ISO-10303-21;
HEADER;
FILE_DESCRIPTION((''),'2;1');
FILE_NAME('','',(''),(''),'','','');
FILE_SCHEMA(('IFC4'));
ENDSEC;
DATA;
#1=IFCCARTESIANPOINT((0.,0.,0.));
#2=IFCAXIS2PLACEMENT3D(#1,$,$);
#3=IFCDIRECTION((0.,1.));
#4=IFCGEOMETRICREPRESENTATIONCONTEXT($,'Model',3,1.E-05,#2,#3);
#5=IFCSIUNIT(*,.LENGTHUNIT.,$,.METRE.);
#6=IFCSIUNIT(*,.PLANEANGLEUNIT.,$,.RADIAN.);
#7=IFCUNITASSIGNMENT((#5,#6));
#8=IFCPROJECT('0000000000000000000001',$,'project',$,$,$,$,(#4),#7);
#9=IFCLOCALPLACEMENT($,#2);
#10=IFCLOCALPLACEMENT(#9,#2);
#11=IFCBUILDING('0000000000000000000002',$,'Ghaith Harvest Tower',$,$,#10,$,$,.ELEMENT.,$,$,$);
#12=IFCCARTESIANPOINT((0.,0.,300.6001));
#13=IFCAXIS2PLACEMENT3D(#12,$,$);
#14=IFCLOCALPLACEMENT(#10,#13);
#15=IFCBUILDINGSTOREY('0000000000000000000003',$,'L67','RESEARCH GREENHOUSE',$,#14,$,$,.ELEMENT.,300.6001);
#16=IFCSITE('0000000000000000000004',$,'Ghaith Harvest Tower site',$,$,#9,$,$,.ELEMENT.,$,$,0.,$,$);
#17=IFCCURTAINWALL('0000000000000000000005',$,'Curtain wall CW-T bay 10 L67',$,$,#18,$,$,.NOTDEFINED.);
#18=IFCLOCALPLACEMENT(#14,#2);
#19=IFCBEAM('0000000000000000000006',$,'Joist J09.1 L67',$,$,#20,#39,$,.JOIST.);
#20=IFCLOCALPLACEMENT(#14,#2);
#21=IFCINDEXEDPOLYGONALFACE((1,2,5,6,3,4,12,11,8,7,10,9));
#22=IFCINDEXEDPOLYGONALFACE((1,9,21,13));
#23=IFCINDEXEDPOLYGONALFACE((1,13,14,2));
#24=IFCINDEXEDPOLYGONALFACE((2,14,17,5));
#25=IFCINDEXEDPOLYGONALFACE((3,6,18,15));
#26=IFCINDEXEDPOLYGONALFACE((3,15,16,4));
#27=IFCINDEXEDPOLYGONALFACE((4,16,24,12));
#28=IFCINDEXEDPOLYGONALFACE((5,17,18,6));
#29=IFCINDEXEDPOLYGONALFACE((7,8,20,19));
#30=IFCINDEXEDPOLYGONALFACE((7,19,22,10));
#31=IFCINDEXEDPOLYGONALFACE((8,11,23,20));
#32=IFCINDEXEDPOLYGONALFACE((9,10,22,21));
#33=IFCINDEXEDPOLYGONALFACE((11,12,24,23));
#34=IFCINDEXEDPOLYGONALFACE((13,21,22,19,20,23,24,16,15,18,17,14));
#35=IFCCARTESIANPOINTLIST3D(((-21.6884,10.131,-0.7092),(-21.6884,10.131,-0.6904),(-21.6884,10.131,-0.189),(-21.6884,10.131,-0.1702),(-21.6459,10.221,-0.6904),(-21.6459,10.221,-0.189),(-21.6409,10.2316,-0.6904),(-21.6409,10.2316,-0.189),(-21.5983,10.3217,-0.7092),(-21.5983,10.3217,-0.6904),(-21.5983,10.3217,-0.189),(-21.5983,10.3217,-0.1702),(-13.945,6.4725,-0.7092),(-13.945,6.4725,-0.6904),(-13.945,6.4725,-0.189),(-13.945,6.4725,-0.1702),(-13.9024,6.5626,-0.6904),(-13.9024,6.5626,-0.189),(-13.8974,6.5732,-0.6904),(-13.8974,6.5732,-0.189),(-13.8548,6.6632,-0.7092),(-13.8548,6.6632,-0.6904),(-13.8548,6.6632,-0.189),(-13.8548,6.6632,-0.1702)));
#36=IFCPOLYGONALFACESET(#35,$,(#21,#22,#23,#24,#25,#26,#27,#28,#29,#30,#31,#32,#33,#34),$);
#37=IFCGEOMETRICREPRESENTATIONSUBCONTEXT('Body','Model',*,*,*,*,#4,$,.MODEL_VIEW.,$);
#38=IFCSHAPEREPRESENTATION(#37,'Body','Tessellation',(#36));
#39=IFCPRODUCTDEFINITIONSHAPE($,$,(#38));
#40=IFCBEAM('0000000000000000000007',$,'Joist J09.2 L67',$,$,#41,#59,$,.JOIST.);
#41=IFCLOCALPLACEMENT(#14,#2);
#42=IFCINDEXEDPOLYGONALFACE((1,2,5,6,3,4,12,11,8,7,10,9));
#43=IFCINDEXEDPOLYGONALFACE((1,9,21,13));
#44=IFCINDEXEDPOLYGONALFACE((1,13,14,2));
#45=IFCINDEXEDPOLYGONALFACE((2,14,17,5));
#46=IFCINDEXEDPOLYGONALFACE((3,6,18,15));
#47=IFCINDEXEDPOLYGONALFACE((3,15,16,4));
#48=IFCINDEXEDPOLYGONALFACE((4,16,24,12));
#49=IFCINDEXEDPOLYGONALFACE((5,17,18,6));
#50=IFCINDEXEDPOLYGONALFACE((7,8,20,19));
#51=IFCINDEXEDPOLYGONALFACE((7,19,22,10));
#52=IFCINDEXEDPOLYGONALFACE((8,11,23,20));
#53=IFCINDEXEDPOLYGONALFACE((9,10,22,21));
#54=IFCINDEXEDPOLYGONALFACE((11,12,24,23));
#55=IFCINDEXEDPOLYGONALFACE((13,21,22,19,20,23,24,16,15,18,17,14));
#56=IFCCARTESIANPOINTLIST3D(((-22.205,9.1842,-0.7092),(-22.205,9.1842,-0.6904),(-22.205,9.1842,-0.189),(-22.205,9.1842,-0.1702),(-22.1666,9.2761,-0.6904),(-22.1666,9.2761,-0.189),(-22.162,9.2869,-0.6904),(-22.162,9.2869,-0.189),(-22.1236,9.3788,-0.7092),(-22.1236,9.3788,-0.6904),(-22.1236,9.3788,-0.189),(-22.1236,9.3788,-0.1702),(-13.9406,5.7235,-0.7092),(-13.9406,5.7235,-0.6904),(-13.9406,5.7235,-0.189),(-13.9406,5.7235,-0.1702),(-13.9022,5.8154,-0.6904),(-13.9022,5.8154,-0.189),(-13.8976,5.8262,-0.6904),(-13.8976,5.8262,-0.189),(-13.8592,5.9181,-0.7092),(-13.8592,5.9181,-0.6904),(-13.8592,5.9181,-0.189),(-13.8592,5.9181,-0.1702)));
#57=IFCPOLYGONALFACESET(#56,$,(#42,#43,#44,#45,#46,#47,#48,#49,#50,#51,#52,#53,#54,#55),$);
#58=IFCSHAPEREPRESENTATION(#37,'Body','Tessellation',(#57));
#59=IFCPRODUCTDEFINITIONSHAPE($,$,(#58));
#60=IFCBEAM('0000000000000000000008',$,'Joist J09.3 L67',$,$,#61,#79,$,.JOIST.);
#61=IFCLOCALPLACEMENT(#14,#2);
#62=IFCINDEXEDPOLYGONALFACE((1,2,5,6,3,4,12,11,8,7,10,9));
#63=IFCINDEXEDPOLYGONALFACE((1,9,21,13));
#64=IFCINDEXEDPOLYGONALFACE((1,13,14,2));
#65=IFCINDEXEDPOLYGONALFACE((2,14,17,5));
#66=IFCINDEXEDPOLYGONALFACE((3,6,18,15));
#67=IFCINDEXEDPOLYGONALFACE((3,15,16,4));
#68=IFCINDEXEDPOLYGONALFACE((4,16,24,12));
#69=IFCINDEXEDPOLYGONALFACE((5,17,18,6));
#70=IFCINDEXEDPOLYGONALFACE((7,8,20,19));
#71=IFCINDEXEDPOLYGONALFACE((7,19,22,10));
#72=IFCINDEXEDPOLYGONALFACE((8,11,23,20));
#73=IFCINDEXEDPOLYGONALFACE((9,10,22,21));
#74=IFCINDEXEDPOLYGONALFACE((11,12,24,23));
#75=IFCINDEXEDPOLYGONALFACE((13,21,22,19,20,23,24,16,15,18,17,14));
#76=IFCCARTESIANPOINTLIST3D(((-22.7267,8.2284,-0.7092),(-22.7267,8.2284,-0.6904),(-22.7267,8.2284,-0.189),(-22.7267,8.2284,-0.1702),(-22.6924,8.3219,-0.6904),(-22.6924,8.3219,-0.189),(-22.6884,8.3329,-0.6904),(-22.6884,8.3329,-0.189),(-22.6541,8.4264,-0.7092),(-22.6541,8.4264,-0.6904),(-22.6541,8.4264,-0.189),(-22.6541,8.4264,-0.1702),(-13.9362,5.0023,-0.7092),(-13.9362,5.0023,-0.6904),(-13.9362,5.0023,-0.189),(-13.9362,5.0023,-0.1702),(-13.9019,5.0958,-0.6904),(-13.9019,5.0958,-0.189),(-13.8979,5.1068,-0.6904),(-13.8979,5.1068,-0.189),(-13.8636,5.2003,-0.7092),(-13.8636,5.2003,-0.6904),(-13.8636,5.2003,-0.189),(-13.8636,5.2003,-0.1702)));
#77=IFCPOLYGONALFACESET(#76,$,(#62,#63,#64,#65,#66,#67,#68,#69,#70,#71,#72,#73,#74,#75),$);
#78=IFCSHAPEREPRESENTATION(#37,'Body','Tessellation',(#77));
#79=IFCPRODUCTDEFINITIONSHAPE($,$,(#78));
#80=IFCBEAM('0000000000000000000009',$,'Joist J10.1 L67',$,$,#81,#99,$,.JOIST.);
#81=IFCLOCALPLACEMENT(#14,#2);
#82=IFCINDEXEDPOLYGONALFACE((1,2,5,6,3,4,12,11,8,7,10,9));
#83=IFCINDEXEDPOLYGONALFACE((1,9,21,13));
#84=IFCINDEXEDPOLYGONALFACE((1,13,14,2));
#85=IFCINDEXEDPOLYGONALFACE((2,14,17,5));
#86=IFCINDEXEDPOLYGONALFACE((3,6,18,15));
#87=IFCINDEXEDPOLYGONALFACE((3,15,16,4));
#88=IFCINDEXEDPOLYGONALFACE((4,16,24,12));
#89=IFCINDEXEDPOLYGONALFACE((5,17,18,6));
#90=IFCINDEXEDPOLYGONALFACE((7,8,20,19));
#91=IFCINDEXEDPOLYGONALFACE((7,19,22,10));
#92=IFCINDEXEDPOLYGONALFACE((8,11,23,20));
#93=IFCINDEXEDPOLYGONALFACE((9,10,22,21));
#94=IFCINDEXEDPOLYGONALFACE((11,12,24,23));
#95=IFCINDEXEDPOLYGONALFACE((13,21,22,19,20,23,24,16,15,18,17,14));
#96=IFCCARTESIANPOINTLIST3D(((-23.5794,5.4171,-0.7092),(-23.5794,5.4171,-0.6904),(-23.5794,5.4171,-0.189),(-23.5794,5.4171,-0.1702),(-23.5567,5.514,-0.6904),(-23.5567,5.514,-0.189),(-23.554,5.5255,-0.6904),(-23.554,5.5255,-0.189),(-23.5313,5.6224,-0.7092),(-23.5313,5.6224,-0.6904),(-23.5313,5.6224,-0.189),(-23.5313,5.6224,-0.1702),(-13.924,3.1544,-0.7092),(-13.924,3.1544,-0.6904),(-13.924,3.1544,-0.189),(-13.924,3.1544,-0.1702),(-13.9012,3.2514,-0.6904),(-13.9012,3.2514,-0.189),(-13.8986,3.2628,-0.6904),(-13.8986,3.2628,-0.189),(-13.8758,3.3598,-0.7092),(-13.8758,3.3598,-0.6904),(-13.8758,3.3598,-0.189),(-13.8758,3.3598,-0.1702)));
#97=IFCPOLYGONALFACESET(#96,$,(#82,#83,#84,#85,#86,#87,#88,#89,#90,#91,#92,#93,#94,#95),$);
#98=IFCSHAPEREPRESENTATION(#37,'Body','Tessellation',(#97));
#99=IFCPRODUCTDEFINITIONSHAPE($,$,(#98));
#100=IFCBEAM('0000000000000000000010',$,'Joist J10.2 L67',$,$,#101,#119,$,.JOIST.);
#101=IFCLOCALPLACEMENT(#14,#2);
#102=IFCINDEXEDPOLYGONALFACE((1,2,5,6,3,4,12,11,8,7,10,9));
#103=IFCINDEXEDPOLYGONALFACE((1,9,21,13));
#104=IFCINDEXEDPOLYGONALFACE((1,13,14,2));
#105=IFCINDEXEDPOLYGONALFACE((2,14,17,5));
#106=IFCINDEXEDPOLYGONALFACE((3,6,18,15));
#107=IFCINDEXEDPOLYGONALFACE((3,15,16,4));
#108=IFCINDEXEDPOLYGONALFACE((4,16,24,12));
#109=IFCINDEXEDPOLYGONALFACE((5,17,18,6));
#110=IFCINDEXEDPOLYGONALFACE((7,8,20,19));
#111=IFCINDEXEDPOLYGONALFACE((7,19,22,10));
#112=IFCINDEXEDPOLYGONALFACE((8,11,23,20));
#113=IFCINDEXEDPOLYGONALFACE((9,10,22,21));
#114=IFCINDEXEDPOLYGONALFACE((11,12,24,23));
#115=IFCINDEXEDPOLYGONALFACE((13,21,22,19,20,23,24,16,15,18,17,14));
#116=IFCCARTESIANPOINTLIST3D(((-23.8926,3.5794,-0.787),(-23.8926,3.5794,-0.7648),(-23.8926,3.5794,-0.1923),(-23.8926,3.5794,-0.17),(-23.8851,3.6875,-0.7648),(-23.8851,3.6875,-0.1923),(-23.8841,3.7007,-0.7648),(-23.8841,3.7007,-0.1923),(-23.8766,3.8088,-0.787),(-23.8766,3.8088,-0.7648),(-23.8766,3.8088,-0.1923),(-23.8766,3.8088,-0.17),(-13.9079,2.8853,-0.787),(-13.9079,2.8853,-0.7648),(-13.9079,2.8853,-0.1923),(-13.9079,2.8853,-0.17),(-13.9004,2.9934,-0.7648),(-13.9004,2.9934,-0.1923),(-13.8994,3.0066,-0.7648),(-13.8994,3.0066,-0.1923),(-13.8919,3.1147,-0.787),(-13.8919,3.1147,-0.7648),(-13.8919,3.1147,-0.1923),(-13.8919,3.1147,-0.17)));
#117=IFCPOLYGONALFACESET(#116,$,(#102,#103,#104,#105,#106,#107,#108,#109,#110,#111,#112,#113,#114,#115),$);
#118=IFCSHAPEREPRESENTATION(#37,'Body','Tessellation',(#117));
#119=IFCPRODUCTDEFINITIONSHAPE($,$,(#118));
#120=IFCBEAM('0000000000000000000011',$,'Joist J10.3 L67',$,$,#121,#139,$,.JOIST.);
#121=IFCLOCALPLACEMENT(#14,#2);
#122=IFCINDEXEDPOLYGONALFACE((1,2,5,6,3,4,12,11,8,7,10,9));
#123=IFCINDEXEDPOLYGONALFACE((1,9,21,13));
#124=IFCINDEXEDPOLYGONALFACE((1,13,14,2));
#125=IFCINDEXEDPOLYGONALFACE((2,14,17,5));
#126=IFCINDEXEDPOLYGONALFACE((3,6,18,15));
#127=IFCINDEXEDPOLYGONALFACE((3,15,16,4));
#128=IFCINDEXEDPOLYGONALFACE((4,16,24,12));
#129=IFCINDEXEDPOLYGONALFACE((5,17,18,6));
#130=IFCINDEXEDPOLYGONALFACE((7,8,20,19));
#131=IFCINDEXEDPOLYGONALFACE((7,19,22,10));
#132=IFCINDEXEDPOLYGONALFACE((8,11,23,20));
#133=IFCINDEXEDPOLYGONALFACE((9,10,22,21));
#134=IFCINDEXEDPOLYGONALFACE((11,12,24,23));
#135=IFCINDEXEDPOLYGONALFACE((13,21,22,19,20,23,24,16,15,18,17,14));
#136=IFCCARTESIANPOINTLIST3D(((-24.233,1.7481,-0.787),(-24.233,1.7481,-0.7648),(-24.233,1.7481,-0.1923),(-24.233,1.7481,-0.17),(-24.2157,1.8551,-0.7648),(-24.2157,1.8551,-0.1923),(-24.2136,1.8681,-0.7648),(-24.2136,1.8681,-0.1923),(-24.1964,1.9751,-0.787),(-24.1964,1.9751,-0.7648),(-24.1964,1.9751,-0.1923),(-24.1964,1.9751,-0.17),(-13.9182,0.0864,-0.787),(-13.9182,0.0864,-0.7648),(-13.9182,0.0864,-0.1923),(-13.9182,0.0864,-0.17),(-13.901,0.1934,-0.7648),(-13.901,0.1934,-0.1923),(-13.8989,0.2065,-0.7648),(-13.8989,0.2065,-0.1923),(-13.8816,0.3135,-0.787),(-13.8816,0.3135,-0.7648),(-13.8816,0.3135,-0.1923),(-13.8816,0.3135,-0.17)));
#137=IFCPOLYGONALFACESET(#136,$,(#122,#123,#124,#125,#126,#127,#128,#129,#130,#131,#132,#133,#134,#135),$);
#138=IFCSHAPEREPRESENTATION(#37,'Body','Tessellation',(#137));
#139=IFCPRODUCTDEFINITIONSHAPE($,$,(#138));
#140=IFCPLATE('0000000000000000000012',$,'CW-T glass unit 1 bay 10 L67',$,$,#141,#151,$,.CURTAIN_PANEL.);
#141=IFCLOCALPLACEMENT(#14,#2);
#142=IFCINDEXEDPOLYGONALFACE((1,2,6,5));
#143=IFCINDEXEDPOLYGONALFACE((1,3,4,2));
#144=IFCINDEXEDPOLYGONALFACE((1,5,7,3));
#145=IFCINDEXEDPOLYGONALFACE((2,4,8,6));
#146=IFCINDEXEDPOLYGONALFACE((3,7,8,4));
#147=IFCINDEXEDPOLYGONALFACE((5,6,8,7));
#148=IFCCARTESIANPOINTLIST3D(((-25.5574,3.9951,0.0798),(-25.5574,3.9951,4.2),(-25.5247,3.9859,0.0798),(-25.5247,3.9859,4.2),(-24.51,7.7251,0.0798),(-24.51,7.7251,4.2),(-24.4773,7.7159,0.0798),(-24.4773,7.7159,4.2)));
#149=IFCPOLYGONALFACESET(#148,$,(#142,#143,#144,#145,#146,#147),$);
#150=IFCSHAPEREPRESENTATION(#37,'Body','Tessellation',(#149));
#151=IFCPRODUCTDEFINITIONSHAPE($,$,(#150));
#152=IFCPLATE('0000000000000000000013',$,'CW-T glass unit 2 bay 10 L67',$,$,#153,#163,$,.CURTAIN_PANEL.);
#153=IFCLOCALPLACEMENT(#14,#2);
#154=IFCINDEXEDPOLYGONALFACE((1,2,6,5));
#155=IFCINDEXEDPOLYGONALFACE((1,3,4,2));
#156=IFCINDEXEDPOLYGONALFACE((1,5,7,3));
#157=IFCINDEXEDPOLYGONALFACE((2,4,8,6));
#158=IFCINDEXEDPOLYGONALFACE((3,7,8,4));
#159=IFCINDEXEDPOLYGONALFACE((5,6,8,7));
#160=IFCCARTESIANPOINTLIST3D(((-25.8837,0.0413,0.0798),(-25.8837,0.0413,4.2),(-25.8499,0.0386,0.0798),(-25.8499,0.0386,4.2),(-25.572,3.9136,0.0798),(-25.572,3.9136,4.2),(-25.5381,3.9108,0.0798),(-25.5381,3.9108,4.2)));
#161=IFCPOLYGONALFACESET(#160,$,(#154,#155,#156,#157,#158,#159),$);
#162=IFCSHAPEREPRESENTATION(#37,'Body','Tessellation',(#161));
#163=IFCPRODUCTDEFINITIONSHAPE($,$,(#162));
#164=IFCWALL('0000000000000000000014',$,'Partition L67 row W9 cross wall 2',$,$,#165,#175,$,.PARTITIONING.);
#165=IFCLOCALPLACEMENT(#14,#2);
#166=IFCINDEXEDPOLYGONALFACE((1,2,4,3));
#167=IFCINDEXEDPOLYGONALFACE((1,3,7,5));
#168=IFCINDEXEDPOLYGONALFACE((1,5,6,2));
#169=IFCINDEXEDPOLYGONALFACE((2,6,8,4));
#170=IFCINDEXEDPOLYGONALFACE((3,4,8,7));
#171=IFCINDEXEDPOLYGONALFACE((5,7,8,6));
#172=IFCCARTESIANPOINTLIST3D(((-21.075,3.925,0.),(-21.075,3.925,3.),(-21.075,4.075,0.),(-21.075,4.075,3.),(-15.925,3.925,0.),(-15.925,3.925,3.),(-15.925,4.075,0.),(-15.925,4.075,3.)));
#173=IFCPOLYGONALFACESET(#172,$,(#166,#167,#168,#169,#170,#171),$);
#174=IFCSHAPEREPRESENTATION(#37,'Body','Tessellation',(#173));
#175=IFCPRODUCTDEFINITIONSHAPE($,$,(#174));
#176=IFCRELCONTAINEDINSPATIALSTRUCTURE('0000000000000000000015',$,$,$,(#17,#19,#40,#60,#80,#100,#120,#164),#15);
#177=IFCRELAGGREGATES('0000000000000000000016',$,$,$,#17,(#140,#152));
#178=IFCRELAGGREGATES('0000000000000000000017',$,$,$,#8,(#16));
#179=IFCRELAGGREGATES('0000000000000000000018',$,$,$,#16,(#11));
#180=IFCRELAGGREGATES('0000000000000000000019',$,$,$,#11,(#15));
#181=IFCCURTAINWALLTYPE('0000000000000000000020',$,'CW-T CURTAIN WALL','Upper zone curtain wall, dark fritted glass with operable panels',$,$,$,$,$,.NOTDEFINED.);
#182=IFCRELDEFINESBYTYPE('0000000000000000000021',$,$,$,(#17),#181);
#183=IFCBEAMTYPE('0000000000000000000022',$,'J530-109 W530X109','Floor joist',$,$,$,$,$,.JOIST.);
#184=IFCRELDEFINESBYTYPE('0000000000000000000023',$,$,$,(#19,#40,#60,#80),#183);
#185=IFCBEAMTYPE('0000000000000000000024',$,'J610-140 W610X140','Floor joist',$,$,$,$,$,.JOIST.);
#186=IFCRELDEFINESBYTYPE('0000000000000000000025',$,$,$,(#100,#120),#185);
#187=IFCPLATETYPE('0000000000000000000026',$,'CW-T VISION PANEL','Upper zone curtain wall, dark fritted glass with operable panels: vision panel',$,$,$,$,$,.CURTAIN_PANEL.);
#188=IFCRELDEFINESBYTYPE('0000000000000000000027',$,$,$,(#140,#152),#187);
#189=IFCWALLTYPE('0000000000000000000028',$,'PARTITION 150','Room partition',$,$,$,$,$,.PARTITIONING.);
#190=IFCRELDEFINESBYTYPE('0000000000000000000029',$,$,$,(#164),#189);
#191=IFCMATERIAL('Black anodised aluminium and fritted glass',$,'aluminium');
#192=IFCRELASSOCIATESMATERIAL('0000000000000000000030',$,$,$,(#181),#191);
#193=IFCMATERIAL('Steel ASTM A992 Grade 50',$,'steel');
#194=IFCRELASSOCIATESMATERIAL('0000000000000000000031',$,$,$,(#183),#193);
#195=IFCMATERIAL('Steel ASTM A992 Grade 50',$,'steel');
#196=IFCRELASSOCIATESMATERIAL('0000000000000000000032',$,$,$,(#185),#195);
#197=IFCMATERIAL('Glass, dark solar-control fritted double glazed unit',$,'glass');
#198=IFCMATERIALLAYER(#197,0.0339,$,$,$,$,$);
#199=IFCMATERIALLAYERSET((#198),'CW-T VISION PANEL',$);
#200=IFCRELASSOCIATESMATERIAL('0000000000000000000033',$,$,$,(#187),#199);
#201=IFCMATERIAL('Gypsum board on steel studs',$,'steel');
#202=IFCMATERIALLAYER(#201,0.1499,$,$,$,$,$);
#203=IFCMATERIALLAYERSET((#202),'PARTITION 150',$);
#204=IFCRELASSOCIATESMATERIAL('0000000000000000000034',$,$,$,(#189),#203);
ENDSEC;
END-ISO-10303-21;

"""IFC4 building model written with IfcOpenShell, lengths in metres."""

from ifc_helpers import new_model, si_unit, direction, frame, frame_2d, origin, origin_2d, place, context, subcontext, project, spatial, rectangle, i_section, extrude, material, layer, layer_set, material_profile, profile_set, type_object, element, aggregate, save


model = new_model("IFC4")

# Units and contexts
model_context = context("Model", 3, precision=1e-05, world=origin(), true_north=direction((0.0, 1.0)))
body_context = subcontext(model_context, "Body", "Model", "MODEL_VIEW")
ifc_project = project(units=[si_unit("LENGTHUNIT", "METRE"), si_unit("PLANEANGLEUNIT", "RADIAN")], contexts=[model_context])

# Site, building, storey
site_placement = place(None, origin())
site = spatial("IfcSite", under=ifc_project, at=site_placement, Name="Ghaith Harvest Tower site", CompositionType="ELEMENT", RefElevation=0.0)
building_placement = place(site_placement, origin())
building = spatial("IfcBuilding", under=site, at=building_placement, Name="Ghaith Harvest Tower", CompositionType="ELEMENT")
storey_placement = place(building_placement, frame((0.0, 0.0, 300.6001)))
storey = spatial("IfcBuildingStorey", under=building, at=storey_placement, Name="L67", Description="RESEARCH GREENHOUSE", CompositionType="ELEMENT", Elevation=300.6001)

# Curtain wall
ifc_material_1 = material(Name="Black anodised aluminium and fritted glass", Category="aluminium")
curtain_wall_type = type_object("IfcCurtainWallType", Name="CW-T CURTAIN WALL", Description="Upper zone curtain wall, dark fritted glass with operable panels", PredefinedType="NOTDEFINED", material=ifc_material_1)
curtain_wall_placement = place(storey_placement, origin())
curtain_wall = element("IfcCurtainWall", 1, at=curtain_wall_placement, inside=storey, type_object=curtain_wall_type, Name="Curtain wall CW-T bay 10 L67", PredefinedType="NOTDEFINED")

# Beams
ifc_material_2 = material(Name="Steel ASTM A992 Grade 50", Category="steel")
ifc_material_profile_1 = material_profile(ifc_material_2, i_section(OverallWidth=0.2109, OverallDepth=0.5391, WebThickness=0.0117, FlangeThickness=0.0188, at=origin_2d()), Name="W530X109")
ifc_profile_set_1 = profile_set([ifc_material_profile_1], Name="Steel ASTM A992 Grade 50")
beam_type_1 = type_object("IfcBeamType", Name="J530-109 W530X109", Description="Floor joist", PredefinedType="JOIST", material=ifc_profile_set_1)
beam_1_placement = place(storey_placement, frame((-13.8999, 6.5679, -0.4397), z_axis=(-0.904166, 0.427182, 0.0), x_axis=(-0.427182, -0.904166, 0.0)))
element("IfcBeam", 2, at=beam_1_placement, inside=storey, type_object=beam_type_1, Name="Joist J09.1 L67", PredefinedType="JOIST", context=body_context, shape_type="SweptSolid", body=[
    extrude(i_section(OverallWidth=0.2109, OverallDepth=0.5391, WebThickness=0.0117, FlangeThickness=0.0188, at=origin_2d()), origin(), (0.0, 0.0, 1.0), 8.5642),
])
beam_2_placement = place(storey_placement, frame((-13.8999, 5.8208, -0.4397), z_axis=(-0.922394, 0.38625, 0.0), x_axis=(-0.38625, -0.922394, 0.0)))
element("IfcBeam", 3, at=beam_2_placement, inside=storey, type_object=beam_type_1, Name="Joist J09.2 L67", PredefinedType="JOIST", context=body_context, shape_type="SweptSolid", body=[
    extrude(i_section(OverallWidth=0.2109, OverallDepth=0.5391, WebThickness=0.0117, FlangeThickness=0.0188, at=origin_2d()), origin(), (0.0, 0.0, 1.0), 8.9597),
])
beam_3_placement = place(storey_placement, frame((-13.8999, 5.1013, -0.4397), z_axis=(-0.938777, 0.344526, 0.0), x_axis=(-0.344526, -0.938777, 0.0)))
element("IfcBeam", 4, at=beam_3_placement, inside=storey, type_object=beam_type_1, Name="Joist J09.3 L67", PredefinedType="JOIST", context=body_context, shape_type="SweptSolid", body=[
    extrude(i_section(OverallWidth=0.2109, OverallDepth=0.5391, WebThickness=0.0117, FlangeThickness=0.0188, at=origin_2d()), origin(), (0.0, 0.0, 1.0), 9.3638),
])
beam_4_placement = place(storey_placement, frame((-13.8999, 3.2571, -0.4397), z_axis=(-0.973623, 0.228161, 0.0), x_axis=(-0.228161, -0.973623, 0.0)))
element("IfcBeam", 5, at=beam_4_placement, inside=storey, type_object=beam_type_1, Name="Joist J10.1 L67", PredefinedType="JOIST", context=body_context, shape_type="SweptSolid", body=[
    extrude(i_section(OverallWidth=0.2109, OverallDepth=0.5391, WebThickness=0.0117, FlangeThickness=0.0188, at=origin_2d()), origin(), (0.0, 0.0, 1.0), 9.917),
])
ifc_material_3 = material(Name="Steel ASTM A992 Grade 50", Category="steel")
ifc_material_profile_2 = material_profile(ifc_material_3, i_section(OverallWidth=0.23, OverallDepth=0.6169, WebThickness=0.0132, FlangeThickness=0.0222, at=origin_2d()), Name="W610X140")
ifc_profile_set_2 = profile_set([ifc_material_profile_2], Name="Steel ASTM A992 Grade 50")
beam_type_2 = type_object("IfcBeamType", Name="J610-140 W610X140", Description="Floor joist", PredefinedType="JOIST", material=ifc_profile_set_2)
beam_5_placement = place(storey_placement, frame((-13.8999, 3.0, -0.4785), z_axis=(-0.997592, 0.069349, 0.0), x_axis=(-0.069349, -0.997592, 0.0)))
element("IfcBeam", 6, at=beam_5_placement, inside=storey, type_object=beam_type_2, Name="Joist J10.2 L67", PredefinedType="JOIST", context=body_context, shape_type="SweptSolid", body=[
    extrude(i_section(OverallWidth=0.23, OverallDepth=0.6169, WebThickness=0.0132, FlangeThickness=0.0222, at=origin_2d()), origin(), (0.0, 0.0, 1.0), 10.0088),
])
beam_6_placement = place(storey_placement, frame((-13.8999, 0.2, -0.4785), z_axis=(-0.987272, 0.159042, 0.0), x_axis=(-0.159042, -0.987272, 0.0)))
element("IfcBeam", 7, at=beam_6_placement, inside=storey, type_object=beam_type_2, Name="Joist J10.3 L67", PredefinedType="JOIST", context=body_context, shape_type="SweptSolid", body=[
    extrude(i_section(OverallWidth=0.23, OverallDepth=0.6169, WebThickness=0.0132, FlangeThickness=0.0222, at=origin_2d()), origin(), (0.0, 0.0, 1.0), 10.4478),
])

# Plates
ifc_material_4 = material(Name="Glass, dark solar-control fritted double glazed unit", Category="glass")
ifc_layer_1 = layer(ifc_material_4, 0.0339)
ifc_layer_set_1 = layer_set([ifc_layer_1], Name="CW-T VISION PANEL")
plate_type = type_object("IfcPlateType", Name="CW-T VISION PANEL", Description="Upper zone curtain wall, dark fritted glass with operable panels: vision panel", PredefinedType="CURTAIN_PANEL", material=ifc_layer_set_1)
plate_1_placement = place(storey_placement, frame((-25.0173, 5.8555, 0.0798), z_axis=(0.0, 0.0, 1.0), x_axis=(-0.270355, -0.962761, 0.0)))
plate_1 = element("IfcPlate", 8, at=plate_1_placement, type_object=plate_type, Name="CW-T glass unit 1 bay 10 L67", PredefinedType="CURTAIN_PANEL", context=body_context, shape_type="SweptSolid", body=[
    extrude(rectangle(XDim=3.8743, YDim=0.0339, at=origin_2d()), origin(), (0.0, 0.0, 1.0), 4.1201),
])
plate_2_placement = place(storey_placement, frame((-25.7109, 1.9761, 0.0798), z_axis=(0.0, 0.0, 1.0), x_axis=(-0.080258, -0.996774, 0.0)))
plate_2 = element("IfcPlate", 9, at=plate_2_placement, type_object=plate_type, Name="CW-T glass unit 2 bay 10 L67", PredefinedType="CURTAIN_PANEL", context=body_context, shape_type="SweptSolid", body=[
    extrude(rectangle(XDim=3.8848, YDim=0.0339, at=origin_2d()), origin(), (0.0, 0.0, 1.0), 4.1201),
])
aggregate(curtain_wall, [plate_1, plate_2])

# Wall
ifc_material_5 = material(Name="Gypsum board on steel studs", Category="steel")
ifc_layer_2 = layer(ifc_material_5, 0.1499)
ifc_layer_set_2 = layer_set([ifc_layer_2], Name="PARTITION 150")
wall_type_1 = type_object("IfcWallType", Name="PARTITION 150", Description="Room partition", PredefinedType="PARTITIONING", material=ifc_layer_set_2)
wall_1_placement = place(storey_placement, frame((-15.925, 4.0, 0.0), z_axis=(0.0, 0.0, 1.0), x_axis=(-1.0, 0.0, 0.0)))
element("IfcWall", 10, at=wall_1_placement, inside=storey, type_object=wall_type_1, Name="Partition L67 row W9 cross wall 2", PredefinedType="PARTITIONING", context=body_context, shape_type="SweptSolid", body=[
    extrude(rectangle(XDim=5.1499, YDim=0.1499, at=frame_2d((2.575, 0.0))), origin(), (0.0, 0.0, 1.0), 3.0),
])

save(model, "model.ifc")
